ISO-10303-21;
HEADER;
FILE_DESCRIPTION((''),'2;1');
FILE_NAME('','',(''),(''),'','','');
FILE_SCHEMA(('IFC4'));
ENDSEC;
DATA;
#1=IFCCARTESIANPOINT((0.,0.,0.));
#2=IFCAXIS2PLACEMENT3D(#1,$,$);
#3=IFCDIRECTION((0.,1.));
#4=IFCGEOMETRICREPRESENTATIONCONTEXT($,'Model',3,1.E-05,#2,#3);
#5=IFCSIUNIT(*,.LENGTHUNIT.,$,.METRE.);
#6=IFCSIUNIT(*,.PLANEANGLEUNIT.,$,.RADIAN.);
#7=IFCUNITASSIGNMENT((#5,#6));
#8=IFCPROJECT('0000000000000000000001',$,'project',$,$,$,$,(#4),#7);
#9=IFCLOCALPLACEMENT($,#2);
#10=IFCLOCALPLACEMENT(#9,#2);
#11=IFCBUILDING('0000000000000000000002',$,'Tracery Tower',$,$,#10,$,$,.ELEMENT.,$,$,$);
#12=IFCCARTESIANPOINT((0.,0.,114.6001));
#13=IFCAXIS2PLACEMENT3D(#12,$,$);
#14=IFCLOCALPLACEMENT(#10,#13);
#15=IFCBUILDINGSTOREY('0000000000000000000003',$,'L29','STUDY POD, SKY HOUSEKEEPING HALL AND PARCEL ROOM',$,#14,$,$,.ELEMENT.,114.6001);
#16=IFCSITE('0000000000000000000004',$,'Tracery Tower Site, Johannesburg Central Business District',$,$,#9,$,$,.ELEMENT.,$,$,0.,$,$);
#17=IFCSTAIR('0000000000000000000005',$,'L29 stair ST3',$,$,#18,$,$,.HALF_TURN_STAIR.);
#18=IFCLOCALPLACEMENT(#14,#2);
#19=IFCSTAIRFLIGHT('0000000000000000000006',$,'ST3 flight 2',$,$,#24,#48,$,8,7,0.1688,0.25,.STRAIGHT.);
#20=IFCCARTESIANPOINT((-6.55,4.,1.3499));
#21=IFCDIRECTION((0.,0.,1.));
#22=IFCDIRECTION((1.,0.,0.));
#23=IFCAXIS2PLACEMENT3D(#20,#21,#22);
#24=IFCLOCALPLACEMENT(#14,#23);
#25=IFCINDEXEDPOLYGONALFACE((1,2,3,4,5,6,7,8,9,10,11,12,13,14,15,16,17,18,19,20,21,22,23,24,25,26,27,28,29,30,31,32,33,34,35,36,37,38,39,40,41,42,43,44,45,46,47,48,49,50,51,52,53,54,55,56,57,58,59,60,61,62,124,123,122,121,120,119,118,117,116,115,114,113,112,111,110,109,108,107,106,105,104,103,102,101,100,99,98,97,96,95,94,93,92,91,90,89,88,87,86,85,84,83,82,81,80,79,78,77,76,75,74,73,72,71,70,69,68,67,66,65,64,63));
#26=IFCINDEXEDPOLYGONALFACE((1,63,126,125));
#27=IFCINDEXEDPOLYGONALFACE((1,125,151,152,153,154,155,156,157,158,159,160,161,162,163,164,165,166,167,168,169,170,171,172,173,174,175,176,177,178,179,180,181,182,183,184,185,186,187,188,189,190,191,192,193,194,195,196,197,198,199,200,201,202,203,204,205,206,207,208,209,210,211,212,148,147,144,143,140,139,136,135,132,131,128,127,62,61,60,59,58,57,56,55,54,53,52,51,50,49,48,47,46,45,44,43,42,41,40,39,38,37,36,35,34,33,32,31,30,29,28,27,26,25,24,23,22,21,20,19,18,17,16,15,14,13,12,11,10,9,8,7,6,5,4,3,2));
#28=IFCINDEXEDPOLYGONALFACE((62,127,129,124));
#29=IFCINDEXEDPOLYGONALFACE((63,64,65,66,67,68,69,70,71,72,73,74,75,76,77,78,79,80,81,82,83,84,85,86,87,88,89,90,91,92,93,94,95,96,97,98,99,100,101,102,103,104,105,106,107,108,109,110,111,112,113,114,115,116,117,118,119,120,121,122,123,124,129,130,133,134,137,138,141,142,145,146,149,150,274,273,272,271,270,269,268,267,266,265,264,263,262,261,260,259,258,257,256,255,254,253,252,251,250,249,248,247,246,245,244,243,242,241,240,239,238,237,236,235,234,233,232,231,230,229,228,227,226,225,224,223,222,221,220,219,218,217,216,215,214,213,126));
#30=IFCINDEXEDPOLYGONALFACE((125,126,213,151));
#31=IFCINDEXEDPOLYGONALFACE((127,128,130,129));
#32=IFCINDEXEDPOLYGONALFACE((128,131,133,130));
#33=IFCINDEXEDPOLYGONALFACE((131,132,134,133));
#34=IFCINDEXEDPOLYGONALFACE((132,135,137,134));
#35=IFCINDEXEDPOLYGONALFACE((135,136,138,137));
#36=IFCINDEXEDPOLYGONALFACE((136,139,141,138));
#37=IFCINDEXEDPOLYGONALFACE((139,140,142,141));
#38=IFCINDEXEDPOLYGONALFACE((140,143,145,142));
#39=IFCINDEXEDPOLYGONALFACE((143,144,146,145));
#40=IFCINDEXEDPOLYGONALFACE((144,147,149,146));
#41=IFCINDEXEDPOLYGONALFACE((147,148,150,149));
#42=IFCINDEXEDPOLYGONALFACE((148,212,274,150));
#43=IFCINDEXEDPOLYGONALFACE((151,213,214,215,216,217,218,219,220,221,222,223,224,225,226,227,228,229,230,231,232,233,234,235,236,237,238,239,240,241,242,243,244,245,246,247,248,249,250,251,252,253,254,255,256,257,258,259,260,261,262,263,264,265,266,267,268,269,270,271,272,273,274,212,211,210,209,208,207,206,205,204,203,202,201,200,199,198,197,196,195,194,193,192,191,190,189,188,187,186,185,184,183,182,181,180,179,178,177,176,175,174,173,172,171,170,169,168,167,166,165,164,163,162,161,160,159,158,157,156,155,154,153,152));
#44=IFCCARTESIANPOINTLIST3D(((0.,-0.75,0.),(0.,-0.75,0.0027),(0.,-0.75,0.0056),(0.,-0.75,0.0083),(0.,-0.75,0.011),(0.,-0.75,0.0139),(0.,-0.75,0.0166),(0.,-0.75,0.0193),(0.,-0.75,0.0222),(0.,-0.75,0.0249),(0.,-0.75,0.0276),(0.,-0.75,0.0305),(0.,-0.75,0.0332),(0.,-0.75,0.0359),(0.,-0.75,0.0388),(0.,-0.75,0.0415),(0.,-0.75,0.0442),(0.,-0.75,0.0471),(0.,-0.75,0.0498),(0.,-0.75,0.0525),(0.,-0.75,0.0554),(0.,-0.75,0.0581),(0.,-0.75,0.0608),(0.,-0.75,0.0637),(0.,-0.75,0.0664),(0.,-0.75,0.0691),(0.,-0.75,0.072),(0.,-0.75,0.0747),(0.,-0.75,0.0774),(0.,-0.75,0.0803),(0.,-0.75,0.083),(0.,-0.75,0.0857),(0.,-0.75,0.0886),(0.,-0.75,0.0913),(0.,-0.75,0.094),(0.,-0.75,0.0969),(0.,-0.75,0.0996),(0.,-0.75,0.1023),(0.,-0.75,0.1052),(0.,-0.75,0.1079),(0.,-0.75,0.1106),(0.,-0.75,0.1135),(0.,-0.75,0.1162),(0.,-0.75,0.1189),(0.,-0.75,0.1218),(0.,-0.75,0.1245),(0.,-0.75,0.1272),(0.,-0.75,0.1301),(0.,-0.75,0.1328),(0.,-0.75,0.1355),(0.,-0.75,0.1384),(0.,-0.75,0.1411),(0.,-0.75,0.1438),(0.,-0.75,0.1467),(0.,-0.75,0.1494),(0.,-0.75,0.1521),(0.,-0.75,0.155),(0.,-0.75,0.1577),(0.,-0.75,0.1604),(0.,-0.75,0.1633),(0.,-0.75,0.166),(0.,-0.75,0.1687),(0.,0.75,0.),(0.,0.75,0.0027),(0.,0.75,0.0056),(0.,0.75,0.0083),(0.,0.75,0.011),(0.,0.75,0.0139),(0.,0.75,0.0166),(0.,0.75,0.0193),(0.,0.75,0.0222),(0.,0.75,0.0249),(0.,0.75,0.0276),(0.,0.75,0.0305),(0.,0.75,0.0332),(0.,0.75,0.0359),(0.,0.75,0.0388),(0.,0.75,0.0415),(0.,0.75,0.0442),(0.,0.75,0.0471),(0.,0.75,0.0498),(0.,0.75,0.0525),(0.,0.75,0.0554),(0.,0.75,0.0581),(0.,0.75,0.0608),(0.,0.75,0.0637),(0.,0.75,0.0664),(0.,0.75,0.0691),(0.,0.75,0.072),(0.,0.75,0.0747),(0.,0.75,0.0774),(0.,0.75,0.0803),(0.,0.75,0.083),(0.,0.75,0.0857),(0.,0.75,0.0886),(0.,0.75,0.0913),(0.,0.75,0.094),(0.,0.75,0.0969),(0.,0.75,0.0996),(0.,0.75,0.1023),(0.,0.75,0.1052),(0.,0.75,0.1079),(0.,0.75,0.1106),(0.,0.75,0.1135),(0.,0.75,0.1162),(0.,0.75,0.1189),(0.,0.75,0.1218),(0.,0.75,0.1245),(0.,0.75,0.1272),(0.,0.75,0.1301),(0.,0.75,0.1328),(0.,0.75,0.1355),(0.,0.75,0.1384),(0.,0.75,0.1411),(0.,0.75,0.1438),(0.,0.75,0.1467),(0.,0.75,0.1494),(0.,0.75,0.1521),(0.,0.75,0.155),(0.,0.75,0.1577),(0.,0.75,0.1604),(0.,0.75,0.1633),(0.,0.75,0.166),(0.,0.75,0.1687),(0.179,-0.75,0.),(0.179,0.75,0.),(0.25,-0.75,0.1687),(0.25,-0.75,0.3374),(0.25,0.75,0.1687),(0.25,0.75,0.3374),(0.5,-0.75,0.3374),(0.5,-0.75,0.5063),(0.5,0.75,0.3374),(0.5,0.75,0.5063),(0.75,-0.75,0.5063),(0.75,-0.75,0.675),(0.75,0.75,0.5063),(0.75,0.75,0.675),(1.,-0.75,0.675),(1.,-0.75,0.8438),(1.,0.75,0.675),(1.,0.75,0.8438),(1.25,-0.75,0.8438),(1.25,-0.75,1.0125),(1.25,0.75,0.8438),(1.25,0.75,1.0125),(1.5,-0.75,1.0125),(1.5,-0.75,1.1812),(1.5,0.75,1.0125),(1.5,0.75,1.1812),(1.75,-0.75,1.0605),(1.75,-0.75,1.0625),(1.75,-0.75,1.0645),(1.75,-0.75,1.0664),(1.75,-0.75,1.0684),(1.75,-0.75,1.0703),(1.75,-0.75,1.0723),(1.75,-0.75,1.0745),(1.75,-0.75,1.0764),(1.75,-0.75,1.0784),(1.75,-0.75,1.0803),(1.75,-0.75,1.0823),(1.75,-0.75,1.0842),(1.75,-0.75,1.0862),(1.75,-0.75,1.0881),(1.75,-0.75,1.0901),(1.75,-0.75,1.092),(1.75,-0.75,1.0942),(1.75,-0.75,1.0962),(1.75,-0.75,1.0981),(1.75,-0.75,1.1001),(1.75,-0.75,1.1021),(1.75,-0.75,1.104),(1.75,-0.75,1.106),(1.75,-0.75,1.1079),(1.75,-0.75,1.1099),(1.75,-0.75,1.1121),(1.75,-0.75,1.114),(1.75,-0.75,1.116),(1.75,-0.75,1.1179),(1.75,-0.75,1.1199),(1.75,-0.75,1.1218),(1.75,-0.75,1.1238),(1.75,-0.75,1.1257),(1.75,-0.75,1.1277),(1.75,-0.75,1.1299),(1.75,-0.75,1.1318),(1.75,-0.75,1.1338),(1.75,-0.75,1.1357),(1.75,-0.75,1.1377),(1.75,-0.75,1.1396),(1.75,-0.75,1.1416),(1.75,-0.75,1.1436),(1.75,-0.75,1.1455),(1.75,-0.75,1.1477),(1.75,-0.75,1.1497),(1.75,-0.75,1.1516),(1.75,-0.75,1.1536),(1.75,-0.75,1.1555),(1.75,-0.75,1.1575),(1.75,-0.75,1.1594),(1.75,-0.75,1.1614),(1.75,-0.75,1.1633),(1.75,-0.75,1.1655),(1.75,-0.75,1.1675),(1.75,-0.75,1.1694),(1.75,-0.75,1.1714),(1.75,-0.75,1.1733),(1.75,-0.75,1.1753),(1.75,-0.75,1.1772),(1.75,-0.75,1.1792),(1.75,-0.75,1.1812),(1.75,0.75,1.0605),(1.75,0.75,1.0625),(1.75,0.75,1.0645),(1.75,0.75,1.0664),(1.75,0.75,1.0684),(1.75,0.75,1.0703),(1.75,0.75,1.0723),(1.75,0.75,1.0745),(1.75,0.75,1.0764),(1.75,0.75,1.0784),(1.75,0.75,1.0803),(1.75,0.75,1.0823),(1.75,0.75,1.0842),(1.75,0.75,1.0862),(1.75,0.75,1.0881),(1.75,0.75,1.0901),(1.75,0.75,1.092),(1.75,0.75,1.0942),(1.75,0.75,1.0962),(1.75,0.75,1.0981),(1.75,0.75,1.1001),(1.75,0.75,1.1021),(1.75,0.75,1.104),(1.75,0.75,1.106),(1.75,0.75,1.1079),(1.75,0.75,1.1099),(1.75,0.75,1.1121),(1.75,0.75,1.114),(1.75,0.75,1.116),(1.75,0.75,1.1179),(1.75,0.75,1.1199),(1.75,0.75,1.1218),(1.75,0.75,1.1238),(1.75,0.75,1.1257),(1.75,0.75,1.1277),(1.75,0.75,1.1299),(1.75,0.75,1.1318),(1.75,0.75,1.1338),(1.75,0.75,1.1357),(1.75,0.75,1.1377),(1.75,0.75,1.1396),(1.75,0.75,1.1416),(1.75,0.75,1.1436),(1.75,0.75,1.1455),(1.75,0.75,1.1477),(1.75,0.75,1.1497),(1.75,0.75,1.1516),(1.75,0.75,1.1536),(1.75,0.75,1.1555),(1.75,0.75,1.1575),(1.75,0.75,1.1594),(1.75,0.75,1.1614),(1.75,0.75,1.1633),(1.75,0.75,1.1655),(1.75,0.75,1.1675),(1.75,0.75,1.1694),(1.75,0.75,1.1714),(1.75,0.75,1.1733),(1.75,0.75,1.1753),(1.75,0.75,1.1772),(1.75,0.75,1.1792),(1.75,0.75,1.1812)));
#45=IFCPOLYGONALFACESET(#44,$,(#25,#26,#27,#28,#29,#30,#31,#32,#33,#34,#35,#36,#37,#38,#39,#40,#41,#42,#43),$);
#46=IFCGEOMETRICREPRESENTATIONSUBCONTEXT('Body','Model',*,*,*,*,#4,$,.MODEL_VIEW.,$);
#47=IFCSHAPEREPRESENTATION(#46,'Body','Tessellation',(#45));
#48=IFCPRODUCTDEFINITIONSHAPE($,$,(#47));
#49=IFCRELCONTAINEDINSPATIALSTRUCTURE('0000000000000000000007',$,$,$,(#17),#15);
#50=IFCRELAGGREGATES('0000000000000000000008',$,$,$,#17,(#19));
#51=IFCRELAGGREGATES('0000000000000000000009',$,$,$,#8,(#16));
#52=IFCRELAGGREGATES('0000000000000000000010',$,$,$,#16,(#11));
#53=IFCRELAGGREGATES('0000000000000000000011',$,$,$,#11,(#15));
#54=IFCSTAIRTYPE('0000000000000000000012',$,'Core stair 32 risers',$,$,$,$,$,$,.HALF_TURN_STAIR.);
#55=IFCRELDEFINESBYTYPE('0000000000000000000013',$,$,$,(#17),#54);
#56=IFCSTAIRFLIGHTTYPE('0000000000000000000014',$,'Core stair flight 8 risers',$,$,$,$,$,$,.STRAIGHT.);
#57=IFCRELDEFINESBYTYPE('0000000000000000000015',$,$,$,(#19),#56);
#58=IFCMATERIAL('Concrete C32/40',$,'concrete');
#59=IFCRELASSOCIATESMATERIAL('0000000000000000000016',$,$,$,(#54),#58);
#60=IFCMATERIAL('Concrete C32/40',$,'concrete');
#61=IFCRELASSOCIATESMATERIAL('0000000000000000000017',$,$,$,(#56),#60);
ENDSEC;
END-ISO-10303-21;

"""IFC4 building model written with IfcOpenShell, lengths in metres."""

from ifc_helpers import new_model, si_unit, direction, frame, origin, place, context, subcontext, project, spatial, polyline, outline, extrude, material, type_object, element, aggregate, save


model = new_model("IFC4")

# Units and contexts
model_context = context("Model", 3, precision=1e-05, world=origin(), true_north=direction((0.0, 1.0)))
body_context = subcontext(model_context, "Body", "Model", "MODEL_VIEW")
ifc_project = project(units=[si_unit("LENGTHUNIT", "METRE"), si_unit("PLANEANGLEUNIT", "RADIAN")], contexts=[model_context])

# Site, building, storey
site_placement = place(None, origin())
site = spatial("IfcSite", under=ifc_project, at=site_placement, Name="Tracery Tower Site, Johannesburg Central Business District", CompositionType="ELEMENT", RefElevation=0.0)
building_placement = place(site_placement, origin())
building = spatial("IfcBuilding", under=site, at=building_placement, Name="Tracery Tower", CompositionType="ELEMENT")
storey_placement = place(building_placement, frame((0.0, 0.0, 114.6001)))
storey = spatial("IfcBuildingStorey", under=building, at=storey_placement, Name="L29", Description="STUDY POD, SKY HOUSEKEEPING HALL AND PARCEL ROOM", CompositionType="ELEMENT", Elevation=114.6001)

# Stair, stair flight
ifc_material_1 = material(Name="Concrete C32/40", Category="concrete")
stair_type = type_object("IfcStairType", Name="Core stair 32 risers", PredefinedType="HALF_TURN_STAIR", material=ifc_material_1)
stair_placement = place(storey_placement, origin())
stair = element("IfcStair", 1, at=stair_placement, inside=storey, type_object=stair_type, Name="L29 stair ST3", PredefinedType="HALF_TURN_STAIR")
ifc_material_2 = material(Name="Concrete C32/40", Category="concrete")
stair_flight_type = type_object("IfcStairFlightType", Name="Core stair flight 8 risers", PredefinedType="STRAIGHT", material=ifc_material_2)
stair_flight_1_placement = place(storey_placement, frame((-6.55, 4.0, 1.3499), z_axis=(0.0, 0.0, 1.0), x_axis=(1.0, 0.0, 0.0)))
stair_flight_1 = element("IfcStairFlight", 2, at=stair_flight_1_placement, type_object=stair_flight_type, Name="ST3 flight 2", NumberOfRisers=8, NumberOfTreads=7, PredefinedType="STRAIGHT", RiserHeight=0.1688, TreadLength=0.25, context=body_context, shape_type="SweptSolid", body=[
    extrude(outline(polyline([(0.0, 0.0), (0.0, 0.0027), (0.0, 0.0056), (0.0, 0.0083), (0.0, 0.011), (0.0, 0.0139), (0.0, 0.0166), (0.0, 0.0193), (0.0, 0.0222), (0.0, 0.0249), (0.0, 0.0276), (0.0, 0.0305), (0.0, 0.0332), (0.0, 0.0359), (0.0, 0.0388), (0.0, 0.0415), (0.0, 0.0442), (0.0, 0.0471), (0.0, 0.0498), (0.0, 0.0525), (0.0, 0.0554), (0.0, 0.0581), (0.0, 0.0608), (0.0, 0.0637), (0.0, 0.0664), (0.0, 0.0691), (0.0, 0.072), (0.0, 0.0747), (0.0, 0.0774), (0.0, 0.0803), (0.0, 0.083), (0.0, 0.0857), (0.0, 0.0886), (0.0, 0.0913), (0.0, 0.094), (0.0, 0.0969), (0.0, 0.0996), (0.0, 0.1023), (0.0, 0.1052), (0.0, 0.1079), (0.0, 0.1106), (0.0, 0.1135), (0.0, 0.1162), (0.0, 0.1189), (0.0, 0.1218), (0.0, 0.1245), (0.0, 0.1272), (0.0, 0.1301), (0.0, 0.1328), (0.0, 0.1355), (0.0, 0.1384), (0.0, 0.1411), (0.0, 0.1438), (0.0, 0.1467), (0.0, 0.1494), (0.0, 0.1521), (0.0, 0.155), (0.0, 0.1577), (0.0, 0.1604), (0.0, 0.1633), (0.0, 0.166), (0.0, 0.1687), (0.25, 0.1687), (0.25, 0.3374), (0.5, 0.3374), (0.5, 0.5063), (0.75, 0.5063), (0.75, 0.675), (1.0, 0.675), (1.0, 0.8438), (1.25, 0.8438), (1.25, 1.0125), (1.5, 1.0125), (1.5, 1.1812), (1.75, 1.1812), (1.75, 1.1792), (1.75, 1.1772), (1.75, 1.1753), (1.75, 1.1733), (1.75, 1.1714), (1.75, 1.1694), (1.75, 1.1675), (1.75, 1.1655), (1.75, 1.1633), (1.75, 1.1614), (1.75, 1.1594), (1.75, 1.1575), (1.75, 1.1555), (1.75, 1.1536), (1.75, 1.1516), (1.75, 1.1497), (1.75, 1.1477), (1.75, 1.1455), (1.75, 1.1436), (1.75, 1.1416), (1.75, 1.1396), (1.75, 1.1377), (1.75, 1.1357), (1.75, 1.1338), (1.75, 1.1318), (1.75, 1.1299), (1.75, 1.1277), (1.75, 1.1257), (1.75, 1.1238), (1.75, 1.1218), (1.75, 1.1199), (1.75, 1.1179), (1.75, 1.116), (1.75, 1.114), (1.75, 1.1121), (1.75, 1.1099), (1.75, 1.1079), (1.75, 1.106), (1.75, 1.104), (1.75, 1.1021), (1.75, 1.1001), (1.75, 1.0981), (1.75, 1.0962), (1.75, 1.0942), (1.75, 1.092), (1.75, 1.0901), (1.75, 1.0881), (1.75, 1.0862), (1.75, 1.0842), (1.75, 1.0823), (1.75, 1.0803), (1.75, 1.0784), (1.75, 1.0764), (1.75, 1.0745), (1.75, 1.0723), (1.75, 1.0703), (1.75, 1.0684), (1.75, 1.0664), (1.75, 1.0645), (1.75, 1.0625), (1.75, 1.0605), (0.179, 0.0), (0.0, 0.0)])), frame((0.0, 0.75, 0.0), z_axis=(0.0, -1.0, 0.0), x_axis=(1.0, 0.0, 0.0)), (0.0, 0.0, 1.0), 1.5),
])
aggregate(stair, [stair_flight_1])

save(model, "model.ifc")
